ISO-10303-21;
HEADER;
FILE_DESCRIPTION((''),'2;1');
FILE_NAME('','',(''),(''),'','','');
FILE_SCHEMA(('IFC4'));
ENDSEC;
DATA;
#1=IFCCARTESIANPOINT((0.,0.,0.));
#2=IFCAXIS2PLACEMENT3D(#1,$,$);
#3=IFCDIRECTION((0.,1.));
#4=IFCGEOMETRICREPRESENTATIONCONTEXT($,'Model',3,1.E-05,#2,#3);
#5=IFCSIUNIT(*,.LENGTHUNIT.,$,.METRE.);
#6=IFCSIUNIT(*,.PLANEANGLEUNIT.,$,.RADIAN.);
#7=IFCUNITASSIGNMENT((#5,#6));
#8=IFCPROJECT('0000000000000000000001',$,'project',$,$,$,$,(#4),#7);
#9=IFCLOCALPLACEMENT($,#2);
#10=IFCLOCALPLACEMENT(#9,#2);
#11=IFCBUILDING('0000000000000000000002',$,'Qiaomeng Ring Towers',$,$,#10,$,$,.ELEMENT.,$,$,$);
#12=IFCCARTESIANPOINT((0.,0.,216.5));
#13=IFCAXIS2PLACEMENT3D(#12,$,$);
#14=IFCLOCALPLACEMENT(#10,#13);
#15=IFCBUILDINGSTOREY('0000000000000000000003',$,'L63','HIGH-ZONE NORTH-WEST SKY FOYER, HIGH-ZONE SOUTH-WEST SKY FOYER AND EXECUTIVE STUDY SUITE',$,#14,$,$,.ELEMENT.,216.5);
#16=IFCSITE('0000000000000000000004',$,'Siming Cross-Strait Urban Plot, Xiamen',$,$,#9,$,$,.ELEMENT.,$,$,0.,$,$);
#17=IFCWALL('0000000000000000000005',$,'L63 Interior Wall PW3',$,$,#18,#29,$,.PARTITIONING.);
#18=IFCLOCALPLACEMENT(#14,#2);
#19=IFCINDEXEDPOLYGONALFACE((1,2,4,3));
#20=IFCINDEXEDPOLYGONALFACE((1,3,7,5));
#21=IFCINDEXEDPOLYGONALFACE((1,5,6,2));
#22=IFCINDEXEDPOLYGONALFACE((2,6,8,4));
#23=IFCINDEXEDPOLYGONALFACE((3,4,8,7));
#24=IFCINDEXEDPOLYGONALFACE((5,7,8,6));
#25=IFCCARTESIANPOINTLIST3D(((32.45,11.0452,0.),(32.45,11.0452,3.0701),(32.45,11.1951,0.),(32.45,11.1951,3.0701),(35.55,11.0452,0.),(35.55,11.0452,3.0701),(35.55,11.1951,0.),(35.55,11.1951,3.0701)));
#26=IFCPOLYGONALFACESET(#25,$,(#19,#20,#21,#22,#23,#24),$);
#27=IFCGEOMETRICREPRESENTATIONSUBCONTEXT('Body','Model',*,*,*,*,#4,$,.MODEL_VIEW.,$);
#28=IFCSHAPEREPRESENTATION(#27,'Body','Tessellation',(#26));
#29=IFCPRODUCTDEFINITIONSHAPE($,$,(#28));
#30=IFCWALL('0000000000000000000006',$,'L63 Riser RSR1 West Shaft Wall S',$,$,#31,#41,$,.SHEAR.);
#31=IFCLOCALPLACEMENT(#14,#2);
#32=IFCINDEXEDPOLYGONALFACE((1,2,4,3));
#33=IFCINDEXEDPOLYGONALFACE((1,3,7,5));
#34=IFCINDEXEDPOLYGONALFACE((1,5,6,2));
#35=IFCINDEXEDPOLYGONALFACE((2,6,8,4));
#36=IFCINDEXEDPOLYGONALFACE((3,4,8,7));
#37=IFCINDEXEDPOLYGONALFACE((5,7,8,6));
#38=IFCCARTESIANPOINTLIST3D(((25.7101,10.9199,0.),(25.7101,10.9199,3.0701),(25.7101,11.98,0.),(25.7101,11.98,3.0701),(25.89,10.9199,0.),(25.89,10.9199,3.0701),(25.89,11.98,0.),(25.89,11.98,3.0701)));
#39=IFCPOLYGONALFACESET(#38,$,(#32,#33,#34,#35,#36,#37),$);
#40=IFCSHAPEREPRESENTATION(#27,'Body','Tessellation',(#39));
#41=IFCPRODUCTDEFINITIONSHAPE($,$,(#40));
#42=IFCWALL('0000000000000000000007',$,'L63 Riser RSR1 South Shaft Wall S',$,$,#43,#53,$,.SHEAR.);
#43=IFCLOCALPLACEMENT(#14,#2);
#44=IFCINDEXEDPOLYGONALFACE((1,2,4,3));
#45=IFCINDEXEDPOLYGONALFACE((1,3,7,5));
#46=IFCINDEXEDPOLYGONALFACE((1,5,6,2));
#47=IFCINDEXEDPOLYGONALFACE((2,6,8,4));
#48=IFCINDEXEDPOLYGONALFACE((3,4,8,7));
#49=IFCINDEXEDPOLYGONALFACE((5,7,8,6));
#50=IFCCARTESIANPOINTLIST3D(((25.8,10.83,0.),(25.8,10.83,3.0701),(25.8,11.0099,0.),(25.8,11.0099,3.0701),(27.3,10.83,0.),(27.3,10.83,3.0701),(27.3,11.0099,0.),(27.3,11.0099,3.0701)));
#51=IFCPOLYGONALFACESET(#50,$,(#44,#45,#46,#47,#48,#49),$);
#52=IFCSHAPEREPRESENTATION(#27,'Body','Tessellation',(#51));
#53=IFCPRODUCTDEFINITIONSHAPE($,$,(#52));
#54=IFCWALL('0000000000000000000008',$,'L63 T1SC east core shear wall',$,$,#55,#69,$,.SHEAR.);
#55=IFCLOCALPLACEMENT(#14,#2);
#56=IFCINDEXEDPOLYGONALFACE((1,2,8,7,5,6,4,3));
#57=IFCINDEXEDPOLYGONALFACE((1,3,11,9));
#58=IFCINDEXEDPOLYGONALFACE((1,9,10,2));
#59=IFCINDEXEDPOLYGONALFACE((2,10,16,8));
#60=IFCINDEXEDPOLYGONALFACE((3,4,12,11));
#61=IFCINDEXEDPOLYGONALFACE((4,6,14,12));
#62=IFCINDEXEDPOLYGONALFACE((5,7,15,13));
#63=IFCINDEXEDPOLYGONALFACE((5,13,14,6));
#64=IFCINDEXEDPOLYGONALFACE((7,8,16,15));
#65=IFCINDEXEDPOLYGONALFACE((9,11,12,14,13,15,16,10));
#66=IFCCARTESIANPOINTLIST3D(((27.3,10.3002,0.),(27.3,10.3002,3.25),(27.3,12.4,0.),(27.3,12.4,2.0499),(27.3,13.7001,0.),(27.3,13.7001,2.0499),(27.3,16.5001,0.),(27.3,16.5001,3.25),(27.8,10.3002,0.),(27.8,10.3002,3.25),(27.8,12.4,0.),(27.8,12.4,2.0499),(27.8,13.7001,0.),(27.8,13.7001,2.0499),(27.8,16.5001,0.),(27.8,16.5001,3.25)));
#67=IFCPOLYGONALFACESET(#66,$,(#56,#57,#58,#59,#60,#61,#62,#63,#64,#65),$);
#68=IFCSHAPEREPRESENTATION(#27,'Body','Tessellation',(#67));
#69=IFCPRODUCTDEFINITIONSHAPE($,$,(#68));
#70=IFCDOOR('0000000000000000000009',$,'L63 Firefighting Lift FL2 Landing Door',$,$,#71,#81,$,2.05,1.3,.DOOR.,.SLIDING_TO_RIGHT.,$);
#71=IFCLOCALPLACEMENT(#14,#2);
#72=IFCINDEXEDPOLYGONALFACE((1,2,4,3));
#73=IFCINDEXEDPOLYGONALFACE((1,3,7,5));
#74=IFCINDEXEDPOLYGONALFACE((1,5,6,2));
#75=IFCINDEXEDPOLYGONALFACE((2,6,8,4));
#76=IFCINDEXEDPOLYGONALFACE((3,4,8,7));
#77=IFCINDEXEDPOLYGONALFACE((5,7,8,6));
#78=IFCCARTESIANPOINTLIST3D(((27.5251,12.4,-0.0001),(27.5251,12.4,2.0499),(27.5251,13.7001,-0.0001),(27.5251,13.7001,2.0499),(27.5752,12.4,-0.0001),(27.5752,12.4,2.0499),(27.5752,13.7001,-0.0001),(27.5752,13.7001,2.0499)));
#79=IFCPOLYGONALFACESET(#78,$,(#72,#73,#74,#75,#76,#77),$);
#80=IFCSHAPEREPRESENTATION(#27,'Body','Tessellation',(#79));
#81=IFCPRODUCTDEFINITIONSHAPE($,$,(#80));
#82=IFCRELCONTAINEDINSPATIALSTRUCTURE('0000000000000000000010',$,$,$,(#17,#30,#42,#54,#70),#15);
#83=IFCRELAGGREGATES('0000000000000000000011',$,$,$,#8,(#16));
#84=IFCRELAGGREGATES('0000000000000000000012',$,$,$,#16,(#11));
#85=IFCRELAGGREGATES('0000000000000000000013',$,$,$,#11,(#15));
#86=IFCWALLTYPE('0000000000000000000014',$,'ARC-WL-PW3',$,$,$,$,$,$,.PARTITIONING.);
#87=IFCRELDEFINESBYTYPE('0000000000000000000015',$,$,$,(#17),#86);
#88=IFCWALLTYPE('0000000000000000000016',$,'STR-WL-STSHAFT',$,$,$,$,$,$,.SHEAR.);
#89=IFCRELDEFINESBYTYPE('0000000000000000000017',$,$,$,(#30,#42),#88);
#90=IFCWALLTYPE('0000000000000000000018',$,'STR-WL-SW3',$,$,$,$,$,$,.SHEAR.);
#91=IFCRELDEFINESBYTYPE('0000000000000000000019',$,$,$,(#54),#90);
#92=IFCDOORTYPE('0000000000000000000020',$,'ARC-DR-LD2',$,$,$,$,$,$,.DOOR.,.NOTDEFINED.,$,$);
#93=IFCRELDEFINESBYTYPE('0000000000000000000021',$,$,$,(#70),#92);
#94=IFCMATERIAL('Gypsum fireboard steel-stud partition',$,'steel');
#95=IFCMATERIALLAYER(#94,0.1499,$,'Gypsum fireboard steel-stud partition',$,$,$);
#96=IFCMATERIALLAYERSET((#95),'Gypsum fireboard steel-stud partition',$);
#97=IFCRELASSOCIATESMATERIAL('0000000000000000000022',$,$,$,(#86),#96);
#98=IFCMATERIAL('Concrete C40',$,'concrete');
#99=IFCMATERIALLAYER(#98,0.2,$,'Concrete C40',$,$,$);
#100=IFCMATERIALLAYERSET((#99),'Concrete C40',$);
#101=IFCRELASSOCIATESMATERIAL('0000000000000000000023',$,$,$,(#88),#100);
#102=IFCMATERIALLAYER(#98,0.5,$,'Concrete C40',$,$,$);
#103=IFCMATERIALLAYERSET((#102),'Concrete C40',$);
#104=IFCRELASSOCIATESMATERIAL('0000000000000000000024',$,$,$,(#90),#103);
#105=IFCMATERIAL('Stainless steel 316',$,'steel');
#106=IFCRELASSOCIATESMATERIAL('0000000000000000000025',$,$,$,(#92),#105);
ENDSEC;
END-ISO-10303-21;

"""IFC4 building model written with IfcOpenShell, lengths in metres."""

from ifc_helpers import new_model, si_unit, direction, frame, frame_2d, origin, place, context, subcontext, project, spatial, rectangle, extrude, source, transform, mapped, material, layer, layer_set, type_object, element, fill, save


model = new_model("IFC4")

# Units and contexts
model_context = context("Model", 3, precision=1e-05, world=origin(), true_north=direction((0.0, 1.0)))
body_context = subcontext(model_context, "Body", "Model", "MODEL_VIEW")
ifc_project = project(units=[si_unit("LENGTHUNIT", "METRE"), si_unit("PLANEANGLEUNIT", "RADIAN")], contexts=[model_context])

# Site, building, storey
site_placement = place(None, origin())
site = spatial("IfcSite", under=ifc_project, at=site_placement, Name="Siming Cross-Strait Urban Plot, Xiamen", CompositionType="ELEMENT", RefElevation=0.0)
building_placement = place(site_placement, origin())
building = spatial("IfcBuilding", under=site, at=building_placement, Name="Qiaomeng Ring Towers", CompositionType="ELEMENT")
storey_placement = place(building_placement, frame((0.0, 0.0, 216.5)))
storey = spatial("IfcBuildingStorey", under=building, at=storey_placement, Name="L63", Description="HIGH-ZONE NORTH-WEST SKY FOYER, HIGH-ZONE SOUTH-WEST SKY FOYER AND EXECUTIVE STUDY SUITE", CompositionType="ELEMENT", Elevation=216.5)

# Shared definitions
ifc_material_1 = material(Name="Concrete C40", Category="concrete")

# Walls
ifc_material_2 = material(Name="Gypsum fireboard steel-stud partition", Category="steel")
ifc_layer_1 = layer(ifc_material_2, 0.1499, Name="Gypsum fireboard steel-stud partition")
ifc_layer_set_1 = layer_set([ifc_layer_1], Name="Gypsum fireboard steel-stud partition")
wall_type_1 = type_object("IfcWallType", Name="ARC-WL-PW3", PredefinedType="PARTITIONING", material=ifc_layer_set_1)
wall_1_placement = place(storey_placement, frame((32.45, 11.1201, 0.0), z_axis=(0.0, 0.0, 1.0), x_axis=(1.0, 0.0, 0.0)))
element("IfcWall", 1, at=wall_1_placement, inside=storey, type_object=wall_type_1, Name="L63 Interior Wall PW3", PredefinedType="PARTITIONING", context=body_context, shape_type="SweptSolid", body=[
    extrude(rectangle(XDim=3.1001, YDim=0.1499, at=frame_2d((1.55, 0.0))), origin(), (0.0, 0.0, 1.0), 3.0701),
])
ifc_layer_2 = layer(ifc_material_1, 0.2, Name="Concrete C40")
ifc_layer_set_2 = layer_set([ifc_layer_2], Name="Concrete C40")
wall_type_2 = type_object("IfcWallType", Name="STR-WL-STSHAFT", PredefinedType="SHEAR", material=ifc_layer_set_2)
wall_2_placement = place(storey_placement, frame((25.8, 10.9199, 0.0), z_axis=(0.0, 0.0, 1.0), x_axis=(0.0, 1.0, 0.0)))
element("IfcWall", 2, at=wall_2_placement, inside=storey, type_object=wall_type_2, Name="L63 Riser RSR1 West Shaft Wall S", PredefinedType="SHEAR", context=body_context, shape_type="SweptSolid", body=[
    extrude(rectangle(XDim=1.0601, YDim=0.1799, at=frame_2d((0.53, 0.0))), origin(), (0.0, 0.0, 1.0), 3.0701),
])
wall_3_placement = place(storey_placement, frame((25.8, 10.9199, 0.0), z_axis=(0.0, 0.0, 1.0), x_axis=(1.0, 0.0, 0.0)))
element("IfcWall", 3, at=wall_3_placement, inside=storey, type_object=wall_type_2, Name="L63 Riser RSR1 South Shaft Wall S", PredefinedType="SHEAR", context=body_context, shape_type="SweptSolid", body=[
    extrude(rectangle(XDim=1.5, YDim=0.1799, at=frame_2d((0.75, 0.0))), origin(), (0.0, 0.0, 1.0), 3.0701),
])

# Wall, opening, door
ifc_layer_3 = layer(ifc_material_1, 0.5, Name="Concrete C40")
ifc_layer_set_3 = layer_set([ifc_layer_3], Name="Concrete C40")
wall_type_3 = type_object("IfcWallType", Name="STR-WL-SW3", PredefinedType="SHEAR", material=ifc_layer_set_3)
wall_4_placement = place(storey_placement, frame((27.55, 10.3, 0.0), z_axis=(0.0, 0.0, 1.0), x_axis=(0.0, 1.0, 0.0)))
wall_4 = element("IfcWall", 4, at=wall_4_placement, inside=storey, type_object=wall_type_3, Name="L63 T1SC east core shear wall", PredefinedType="SHEAR", context=body_context, shape_type="SweptSolid", body=[
    extrude(rectangle(XDim=6.2, YDim=0.5, at=frame_2d((3.1001, 0.0))), origin(), (0.0, 0.0, 1.0), 3.25),
])
opening_1_placement = place(wall_4_placement, frame((2.1001, 0.0, 0.0)))
opening_1 = element("IfcOpeningElement", 5, at=opening_1_placement, cuts=wall_4, PredefinedType="OPENING", context=body_context, shape_type="SweptSolid", body=[
    extrude(rectangle(XDim=1.3, YDim=2.05, at=frame_2d((0.6499, 1.0249))), frame((0.0, 0.26, 0.0), z_axis=(0.0, -1.0, 0.0), x_axis=(1.0, 0.0, 0.0)), (0.0, 0.0, 1.0), 0.52),
])
ifc_material_3 = material(Name="Stainless steel 316", Category="steel")
door_type_1 = type_object("IfcDoorType", Name="ARC-DR-LD2", OperationType="NOTDEFINED", PredefinedType="DOOR", material=ifc_material_3)
shared_shape_1 = source(origin(), body_context, "Body", "SweptSolid", [
    extrude(rectangle(XDim=1.3, YDim=2.05, at=frame_2d((0.6499, 1.0249))), frame((0.0, 0.0249, 0.0), z_axis=(0.0, -1.0, 0.0), x_axis=(1.0, 0.0, 0.0)), (0.0, 0.0, 1.0), 0.05),
])
door_1_placement = place(opening_1_placement, origin())
door_1 = element("IfcDoor", 6, at=door_1_placement, inside=storey, type_object=door_type_1, Name="L63 Firefighting Lift FL2 Landing Door", OperationType="SLIDING_TO_RIGHT", OverallHeight=2.05, OverallWidth=1.3, PredefinedType="DOOR", context=body_context, shape_type="MappedRepresentation", body=[
    mapped(shared_shape_1, transform((0.0, 0.0, 0.0), x_axis=(1.0, 0.0, 0.0), y_axis=(0.0, 1.0, 0.0), z_axis=(0.0, 0.0, 1.0), scale=1.0)),
])
fill(opening_1, door_1)

save(model, "model.ifc")
